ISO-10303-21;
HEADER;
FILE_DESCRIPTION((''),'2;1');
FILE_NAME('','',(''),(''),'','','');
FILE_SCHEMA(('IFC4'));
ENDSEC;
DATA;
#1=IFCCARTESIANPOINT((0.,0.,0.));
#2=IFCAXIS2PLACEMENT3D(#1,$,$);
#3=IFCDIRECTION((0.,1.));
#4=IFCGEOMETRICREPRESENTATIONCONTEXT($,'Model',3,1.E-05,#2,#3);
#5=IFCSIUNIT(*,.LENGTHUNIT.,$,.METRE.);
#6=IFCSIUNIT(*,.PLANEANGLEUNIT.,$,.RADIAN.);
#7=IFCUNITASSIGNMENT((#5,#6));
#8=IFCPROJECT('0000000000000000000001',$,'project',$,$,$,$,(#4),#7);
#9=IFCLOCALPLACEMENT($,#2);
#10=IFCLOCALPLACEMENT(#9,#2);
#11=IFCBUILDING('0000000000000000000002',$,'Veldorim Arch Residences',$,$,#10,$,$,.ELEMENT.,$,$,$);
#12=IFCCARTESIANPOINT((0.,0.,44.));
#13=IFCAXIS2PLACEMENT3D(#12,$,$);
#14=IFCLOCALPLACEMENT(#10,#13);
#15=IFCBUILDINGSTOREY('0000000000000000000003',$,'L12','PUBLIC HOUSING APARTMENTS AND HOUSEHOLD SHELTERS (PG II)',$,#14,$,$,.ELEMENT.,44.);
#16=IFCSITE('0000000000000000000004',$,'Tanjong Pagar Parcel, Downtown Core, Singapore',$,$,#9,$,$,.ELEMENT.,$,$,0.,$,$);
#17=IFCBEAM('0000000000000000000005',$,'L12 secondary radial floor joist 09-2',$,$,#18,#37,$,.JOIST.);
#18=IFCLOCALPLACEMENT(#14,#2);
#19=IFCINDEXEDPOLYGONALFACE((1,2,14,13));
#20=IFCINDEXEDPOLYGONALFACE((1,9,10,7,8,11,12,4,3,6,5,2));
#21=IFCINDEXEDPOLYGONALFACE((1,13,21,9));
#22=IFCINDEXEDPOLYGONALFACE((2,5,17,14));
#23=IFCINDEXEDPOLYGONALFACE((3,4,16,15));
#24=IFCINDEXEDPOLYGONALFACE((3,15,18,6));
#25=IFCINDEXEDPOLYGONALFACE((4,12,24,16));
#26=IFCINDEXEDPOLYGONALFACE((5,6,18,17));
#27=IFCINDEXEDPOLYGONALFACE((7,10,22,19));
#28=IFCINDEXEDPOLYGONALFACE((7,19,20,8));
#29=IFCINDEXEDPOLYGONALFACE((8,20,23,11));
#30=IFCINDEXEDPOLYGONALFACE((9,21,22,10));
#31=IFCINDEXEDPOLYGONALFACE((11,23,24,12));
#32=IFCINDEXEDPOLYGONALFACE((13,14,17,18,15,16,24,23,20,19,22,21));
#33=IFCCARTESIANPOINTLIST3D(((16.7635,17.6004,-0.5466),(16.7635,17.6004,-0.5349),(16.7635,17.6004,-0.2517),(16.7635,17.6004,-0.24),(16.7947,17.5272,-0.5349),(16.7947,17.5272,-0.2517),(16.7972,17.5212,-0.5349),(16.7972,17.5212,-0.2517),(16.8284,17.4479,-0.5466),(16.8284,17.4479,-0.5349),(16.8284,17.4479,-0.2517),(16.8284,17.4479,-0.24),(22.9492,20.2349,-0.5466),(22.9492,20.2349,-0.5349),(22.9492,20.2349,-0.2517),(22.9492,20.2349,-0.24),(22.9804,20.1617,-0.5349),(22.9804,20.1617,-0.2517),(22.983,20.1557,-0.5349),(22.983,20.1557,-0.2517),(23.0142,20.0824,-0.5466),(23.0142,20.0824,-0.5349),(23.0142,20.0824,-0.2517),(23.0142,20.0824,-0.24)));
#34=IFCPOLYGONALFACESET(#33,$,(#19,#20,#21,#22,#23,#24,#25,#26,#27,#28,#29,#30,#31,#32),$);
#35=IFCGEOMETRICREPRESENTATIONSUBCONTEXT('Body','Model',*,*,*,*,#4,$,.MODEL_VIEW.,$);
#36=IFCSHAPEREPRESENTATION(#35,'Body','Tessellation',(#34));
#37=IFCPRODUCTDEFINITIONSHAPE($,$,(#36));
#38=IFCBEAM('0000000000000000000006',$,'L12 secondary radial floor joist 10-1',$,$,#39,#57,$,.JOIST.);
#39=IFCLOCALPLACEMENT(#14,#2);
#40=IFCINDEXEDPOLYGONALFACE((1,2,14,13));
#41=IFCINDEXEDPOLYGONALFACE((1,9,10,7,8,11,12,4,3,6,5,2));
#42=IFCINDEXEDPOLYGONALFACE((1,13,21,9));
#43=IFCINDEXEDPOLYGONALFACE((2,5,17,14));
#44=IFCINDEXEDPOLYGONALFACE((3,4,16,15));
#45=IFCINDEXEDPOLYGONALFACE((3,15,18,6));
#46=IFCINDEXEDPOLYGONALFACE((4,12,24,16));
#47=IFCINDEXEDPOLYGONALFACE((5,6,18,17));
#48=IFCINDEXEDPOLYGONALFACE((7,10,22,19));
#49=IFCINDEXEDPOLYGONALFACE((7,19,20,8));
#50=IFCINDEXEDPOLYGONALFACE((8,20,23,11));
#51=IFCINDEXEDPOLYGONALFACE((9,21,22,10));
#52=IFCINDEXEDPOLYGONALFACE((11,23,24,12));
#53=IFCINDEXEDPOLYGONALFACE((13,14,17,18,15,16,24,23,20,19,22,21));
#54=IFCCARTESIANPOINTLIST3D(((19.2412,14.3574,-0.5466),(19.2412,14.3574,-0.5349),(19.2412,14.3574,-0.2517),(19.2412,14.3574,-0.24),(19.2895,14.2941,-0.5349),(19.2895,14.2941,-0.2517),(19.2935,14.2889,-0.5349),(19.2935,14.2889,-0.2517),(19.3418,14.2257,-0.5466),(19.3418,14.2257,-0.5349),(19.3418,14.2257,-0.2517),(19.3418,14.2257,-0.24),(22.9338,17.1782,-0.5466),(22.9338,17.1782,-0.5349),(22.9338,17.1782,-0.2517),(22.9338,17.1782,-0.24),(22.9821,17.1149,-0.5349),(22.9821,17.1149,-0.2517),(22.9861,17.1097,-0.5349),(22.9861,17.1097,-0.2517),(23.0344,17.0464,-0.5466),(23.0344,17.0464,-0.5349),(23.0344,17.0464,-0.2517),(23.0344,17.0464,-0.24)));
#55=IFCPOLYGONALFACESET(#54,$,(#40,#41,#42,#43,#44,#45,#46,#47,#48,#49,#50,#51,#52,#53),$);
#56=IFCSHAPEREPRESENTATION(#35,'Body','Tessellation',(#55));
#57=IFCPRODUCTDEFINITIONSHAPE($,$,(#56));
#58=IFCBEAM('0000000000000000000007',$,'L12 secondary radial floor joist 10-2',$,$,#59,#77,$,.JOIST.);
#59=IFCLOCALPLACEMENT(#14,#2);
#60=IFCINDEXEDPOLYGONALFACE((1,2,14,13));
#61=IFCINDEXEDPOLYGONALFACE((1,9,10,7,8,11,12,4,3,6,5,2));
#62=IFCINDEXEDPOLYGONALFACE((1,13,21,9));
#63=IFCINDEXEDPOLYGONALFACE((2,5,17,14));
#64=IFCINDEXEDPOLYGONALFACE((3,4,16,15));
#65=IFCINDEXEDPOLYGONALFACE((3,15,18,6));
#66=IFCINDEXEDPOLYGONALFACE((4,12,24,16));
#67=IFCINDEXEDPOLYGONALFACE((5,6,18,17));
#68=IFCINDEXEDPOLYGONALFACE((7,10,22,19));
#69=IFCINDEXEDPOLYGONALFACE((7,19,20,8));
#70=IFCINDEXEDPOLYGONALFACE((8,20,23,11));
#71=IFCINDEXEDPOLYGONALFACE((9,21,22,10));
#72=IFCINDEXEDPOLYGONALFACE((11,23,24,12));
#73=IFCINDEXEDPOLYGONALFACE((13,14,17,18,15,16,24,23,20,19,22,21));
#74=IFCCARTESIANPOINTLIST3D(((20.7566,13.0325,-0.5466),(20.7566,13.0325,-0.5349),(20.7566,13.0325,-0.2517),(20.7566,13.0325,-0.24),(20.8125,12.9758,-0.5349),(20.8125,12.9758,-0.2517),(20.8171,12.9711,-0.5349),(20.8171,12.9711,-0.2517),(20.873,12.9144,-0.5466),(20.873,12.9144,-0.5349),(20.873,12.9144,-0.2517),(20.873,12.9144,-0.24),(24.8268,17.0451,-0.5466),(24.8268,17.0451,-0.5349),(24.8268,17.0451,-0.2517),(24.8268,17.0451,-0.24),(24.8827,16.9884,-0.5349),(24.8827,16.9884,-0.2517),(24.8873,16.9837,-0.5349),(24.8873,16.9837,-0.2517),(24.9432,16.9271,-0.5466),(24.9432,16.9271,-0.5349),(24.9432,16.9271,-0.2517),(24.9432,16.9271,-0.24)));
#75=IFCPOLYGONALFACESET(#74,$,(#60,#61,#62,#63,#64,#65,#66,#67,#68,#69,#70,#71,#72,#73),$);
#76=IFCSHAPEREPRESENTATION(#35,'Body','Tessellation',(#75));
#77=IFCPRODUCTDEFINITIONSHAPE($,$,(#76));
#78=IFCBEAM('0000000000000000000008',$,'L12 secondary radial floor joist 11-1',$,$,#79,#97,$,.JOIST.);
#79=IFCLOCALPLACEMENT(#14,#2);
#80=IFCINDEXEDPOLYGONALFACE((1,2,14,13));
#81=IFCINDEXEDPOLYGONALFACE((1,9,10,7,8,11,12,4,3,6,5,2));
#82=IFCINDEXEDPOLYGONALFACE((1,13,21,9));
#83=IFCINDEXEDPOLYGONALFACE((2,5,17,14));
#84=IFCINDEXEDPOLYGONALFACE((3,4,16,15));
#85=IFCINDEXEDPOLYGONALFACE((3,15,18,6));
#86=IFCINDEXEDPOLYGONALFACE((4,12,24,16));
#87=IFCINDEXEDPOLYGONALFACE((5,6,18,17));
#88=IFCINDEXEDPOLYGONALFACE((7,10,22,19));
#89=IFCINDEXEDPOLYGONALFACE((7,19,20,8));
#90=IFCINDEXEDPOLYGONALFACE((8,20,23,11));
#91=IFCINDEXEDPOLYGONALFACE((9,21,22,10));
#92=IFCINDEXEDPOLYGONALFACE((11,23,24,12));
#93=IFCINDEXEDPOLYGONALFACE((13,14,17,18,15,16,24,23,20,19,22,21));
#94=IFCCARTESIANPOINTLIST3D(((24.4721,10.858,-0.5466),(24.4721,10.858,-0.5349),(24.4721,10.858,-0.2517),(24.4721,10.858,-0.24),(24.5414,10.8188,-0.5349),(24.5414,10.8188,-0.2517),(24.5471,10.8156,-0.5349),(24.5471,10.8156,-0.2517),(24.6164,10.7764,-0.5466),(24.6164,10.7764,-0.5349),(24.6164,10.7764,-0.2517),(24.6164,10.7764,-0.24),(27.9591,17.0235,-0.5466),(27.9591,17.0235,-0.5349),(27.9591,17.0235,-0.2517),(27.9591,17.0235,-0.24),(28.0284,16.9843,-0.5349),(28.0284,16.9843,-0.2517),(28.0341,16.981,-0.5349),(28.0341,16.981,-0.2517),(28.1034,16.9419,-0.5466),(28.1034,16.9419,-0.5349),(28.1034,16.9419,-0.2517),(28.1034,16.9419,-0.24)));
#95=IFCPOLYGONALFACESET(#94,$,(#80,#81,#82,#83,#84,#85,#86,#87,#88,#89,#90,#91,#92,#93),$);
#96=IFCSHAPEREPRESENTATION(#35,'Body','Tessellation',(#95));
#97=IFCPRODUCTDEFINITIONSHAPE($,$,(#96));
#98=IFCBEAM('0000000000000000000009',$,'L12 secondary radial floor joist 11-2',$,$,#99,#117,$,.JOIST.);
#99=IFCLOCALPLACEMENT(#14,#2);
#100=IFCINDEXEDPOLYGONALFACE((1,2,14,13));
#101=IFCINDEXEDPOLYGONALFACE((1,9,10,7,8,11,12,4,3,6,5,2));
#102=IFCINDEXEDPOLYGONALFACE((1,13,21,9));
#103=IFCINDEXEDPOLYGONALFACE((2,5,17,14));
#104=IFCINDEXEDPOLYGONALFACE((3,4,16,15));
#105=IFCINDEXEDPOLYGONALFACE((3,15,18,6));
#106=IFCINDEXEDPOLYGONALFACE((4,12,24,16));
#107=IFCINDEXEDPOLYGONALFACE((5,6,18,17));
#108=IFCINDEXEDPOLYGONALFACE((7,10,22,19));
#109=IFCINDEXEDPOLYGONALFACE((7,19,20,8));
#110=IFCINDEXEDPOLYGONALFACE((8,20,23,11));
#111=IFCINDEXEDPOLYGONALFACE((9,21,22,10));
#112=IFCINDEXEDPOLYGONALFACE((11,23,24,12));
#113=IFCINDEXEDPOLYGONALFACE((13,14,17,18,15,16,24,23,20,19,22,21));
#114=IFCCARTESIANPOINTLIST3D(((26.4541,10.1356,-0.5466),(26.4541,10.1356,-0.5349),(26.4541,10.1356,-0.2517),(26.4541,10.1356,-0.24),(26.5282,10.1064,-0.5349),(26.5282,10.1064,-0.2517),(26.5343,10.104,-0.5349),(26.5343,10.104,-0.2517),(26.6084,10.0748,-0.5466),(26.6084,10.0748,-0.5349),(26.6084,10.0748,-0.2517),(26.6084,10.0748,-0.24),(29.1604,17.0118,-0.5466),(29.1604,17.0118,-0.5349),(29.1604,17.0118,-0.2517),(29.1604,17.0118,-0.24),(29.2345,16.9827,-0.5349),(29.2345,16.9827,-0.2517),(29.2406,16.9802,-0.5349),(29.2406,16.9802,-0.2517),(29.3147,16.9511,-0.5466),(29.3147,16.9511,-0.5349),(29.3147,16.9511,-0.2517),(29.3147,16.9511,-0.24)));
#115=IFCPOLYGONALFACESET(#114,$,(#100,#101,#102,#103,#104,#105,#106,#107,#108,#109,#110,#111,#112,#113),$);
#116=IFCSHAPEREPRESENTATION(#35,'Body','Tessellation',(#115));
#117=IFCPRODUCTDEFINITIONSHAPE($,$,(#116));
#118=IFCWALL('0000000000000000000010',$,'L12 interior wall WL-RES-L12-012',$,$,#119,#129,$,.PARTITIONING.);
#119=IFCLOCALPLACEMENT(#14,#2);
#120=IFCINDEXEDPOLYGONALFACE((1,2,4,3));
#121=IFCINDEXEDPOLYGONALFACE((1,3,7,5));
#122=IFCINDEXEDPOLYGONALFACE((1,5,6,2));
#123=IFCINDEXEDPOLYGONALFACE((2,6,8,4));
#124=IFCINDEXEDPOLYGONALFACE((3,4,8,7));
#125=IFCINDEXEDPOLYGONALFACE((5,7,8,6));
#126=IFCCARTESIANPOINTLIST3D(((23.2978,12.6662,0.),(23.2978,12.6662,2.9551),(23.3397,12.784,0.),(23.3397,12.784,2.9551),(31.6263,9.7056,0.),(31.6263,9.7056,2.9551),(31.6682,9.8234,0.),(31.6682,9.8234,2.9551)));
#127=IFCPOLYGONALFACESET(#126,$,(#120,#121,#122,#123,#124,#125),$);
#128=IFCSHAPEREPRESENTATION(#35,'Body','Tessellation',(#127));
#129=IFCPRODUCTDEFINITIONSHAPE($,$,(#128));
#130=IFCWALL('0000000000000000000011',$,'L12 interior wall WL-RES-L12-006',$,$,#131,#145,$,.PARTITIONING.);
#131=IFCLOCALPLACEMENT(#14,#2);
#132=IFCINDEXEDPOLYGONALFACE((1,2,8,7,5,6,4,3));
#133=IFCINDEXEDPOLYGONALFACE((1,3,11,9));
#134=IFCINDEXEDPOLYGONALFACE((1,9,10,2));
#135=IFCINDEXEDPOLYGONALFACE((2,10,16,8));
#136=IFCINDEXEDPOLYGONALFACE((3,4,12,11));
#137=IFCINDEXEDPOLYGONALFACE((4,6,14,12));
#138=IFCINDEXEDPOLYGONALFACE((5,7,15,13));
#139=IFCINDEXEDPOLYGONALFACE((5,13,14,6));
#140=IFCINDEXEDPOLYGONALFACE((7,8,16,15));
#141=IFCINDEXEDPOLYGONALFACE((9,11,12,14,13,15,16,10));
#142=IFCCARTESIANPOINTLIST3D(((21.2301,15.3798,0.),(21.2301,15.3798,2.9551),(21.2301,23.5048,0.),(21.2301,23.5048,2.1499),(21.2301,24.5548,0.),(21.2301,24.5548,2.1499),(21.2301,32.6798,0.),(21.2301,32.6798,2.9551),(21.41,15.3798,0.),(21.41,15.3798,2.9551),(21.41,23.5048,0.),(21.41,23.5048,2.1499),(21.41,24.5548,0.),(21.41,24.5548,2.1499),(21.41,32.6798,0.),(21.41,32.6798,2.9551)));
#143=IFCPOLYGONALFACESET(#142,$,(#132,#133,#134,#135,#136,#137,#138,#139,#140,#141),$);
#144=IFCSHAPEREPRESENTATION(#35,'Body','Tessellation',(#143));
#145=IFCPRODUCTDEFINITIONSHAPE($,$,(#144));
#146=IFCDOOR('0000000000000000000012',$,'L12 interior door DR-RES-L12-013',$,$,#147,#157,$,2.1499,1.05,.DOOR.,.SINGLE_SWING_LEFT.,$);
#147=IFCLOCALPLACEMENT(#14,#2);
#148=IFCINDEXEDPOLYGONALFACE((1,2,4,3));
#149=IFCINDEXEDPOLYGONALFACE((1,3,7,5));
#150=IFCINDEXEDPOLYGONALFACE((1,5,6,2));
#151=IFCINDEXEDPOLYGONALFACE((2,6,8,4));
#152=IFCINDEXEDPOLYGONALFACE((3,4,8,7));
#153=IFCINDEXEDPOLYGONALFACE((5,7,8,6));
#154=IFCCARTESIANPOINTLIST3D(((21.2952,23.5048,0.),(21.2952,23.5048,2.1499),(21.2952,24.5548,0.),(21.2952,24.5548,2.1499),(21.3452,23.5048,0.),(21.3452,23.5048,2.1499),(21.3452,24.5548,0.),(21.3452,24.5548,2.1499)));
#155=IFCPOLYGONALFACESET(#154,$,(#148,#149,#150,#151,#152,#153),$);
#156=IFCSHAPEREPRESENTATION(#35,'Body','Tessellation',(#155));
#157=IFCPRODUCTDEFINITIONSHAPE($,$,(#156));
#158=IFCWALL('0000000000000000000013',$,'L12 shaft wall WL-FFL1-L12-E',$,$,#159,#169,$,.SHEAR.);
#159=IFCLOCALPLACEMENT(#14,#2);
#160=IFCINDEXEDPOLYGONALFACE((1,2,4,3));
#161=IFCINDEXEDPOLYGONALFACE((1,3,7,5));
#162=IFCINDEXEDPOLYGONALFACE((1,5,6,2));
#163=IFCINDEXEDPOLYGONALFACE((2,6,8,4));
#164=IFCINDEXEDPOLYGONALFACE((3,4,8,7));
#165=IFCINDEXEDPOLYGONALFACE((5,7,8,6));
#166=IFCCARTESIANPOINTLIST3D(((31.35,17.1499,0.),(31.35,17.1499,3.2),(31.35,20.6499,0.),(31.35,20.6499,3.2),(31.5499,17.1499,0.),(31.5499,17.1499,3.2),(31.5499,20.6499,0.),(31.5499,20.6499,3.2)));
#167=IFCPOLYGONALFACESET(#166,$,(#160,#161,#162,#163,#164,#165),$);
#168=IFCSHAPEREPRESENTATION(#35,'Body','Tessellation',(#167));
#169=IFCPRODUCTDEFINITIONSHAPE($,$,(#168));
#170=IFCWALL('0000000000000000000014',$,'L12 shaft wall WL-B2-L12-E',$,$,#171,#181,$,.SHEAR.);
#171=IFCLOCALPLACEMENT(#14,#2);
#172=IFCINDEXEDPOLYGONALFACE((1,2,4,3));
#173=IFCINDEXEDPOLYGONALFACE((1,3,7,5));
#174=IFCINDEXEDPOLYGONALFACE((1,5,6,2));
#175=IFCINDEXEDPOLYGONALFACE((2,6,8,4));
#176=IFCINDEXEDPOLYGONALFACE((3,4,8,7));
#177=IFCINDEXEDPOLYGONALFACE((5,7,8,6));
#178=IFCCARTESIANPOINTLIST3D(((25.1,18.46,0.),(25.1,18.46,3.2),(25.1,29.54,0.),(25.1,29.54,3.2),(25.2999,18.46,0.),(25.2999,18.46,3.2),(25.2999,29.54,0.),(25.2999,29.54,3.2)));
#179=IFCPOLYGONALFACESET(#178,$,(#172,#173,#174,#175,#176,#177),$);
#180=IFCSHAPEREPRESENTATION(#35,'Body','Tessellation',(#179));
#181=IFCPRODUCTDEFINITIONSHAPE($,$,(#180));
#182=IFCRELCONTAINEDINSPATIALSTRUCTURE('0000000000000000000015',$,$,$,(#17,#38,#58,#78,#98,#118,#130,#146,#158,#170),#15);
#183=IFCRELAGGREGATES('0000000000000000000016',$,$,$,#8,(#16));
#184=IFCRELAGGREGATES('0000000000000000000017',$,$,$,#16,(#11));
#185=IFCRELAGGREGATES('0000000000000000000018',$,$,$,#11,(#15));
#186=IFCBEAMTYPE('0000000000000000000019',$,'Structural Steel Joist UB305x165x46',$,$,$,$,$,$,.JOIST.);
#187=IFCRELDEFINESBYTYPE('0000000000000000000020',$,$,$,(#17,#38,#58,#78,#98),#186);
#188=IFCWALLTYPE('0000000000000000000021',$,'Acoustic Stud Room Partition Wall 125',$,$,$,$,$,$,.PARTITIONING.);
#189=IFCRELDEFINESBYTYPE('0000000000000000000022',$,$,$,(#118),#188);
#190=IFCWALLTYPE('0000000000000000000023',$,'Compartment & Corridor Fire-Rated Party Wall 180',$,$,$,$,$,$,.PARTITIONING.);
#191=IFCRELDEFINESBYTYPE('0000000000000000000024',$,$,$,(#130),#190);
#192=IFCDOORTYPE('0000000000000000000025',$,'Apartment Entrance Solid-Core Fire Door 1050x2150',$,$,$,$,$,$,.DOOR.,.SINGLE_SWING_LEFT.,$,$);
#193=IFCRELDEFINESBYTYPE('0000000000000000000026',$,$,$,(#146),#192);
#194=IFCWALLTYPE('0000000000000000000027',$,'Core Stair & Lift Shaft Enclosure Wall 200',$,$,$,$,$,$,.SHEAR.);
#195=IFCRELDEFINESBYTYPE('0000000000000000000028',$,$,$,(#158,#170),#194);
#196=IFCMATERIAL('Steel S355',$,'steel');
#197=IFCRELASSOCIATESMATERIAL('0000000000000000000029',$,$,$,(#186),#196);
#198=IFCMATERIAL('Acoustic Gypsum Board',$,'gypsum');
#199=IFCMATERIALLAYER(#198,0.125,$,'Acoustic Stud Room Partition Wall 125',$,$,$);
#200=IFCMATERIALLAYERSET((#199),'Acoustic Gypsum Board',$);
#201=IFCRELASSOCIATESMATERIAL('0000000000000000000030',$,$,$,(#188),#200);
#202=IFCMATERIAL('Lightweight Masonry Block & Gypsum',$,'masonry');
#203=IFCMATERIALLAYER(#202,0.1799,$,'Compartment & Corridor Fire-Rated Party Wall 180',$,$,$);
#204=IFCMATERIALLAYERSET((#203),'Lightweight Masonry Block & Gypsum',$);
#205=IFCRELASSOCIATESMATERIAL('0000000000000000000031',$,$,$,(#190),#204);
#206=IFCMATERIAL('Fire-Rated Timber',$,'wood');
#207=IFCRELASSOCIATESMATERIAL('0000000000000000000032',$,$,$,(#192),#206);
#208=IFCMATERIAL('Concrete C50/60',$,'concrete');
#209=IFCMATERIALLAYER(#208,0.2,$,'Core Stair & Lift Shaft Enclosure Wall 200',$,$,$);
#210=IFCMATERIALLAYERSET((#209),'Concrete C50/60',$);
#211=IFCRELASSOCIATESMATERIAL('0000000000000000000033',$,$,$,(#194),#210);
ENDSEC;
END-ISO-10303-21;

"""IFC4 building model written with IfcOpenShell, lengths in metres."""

from ifc_helpers import new_model, si_unit, direction, frame, frame_2d, origin, origin_2d, place, context, subcontext, project, spatial, rectangle, i_section, extrude, material, layer, layer_set, material_profile, profile_set, type_object, element, fill, save


model = new_model("IFC4")

# Units and contexts
model_context = context("Model", 3, precision=1e-05, world=origin(), true_north=direction((0.0, 1.0)))
body_context = subcontext(model_context, "Body", "Model", "MODEL_VIEW")
ifc_project = project(units=[si_unit("LENGTHUNIT", "METRE"), si_unit("PLANEANGLEUNIT", "RADIAN")], contexts=[model_context])

# Site, building, storey
site_placement = place(None, origin())
site = spatial("IfcSite", under=ifc_project, at=site_placement, Name="Tanjong Pagar Parcel, Downtown Core, Singapore", CompositionType="ELEMENT", RefElevation=0.0)
building_placement = place(site_placement, origin())
building = spatial("IfcBuilding", under=site, at=building_placement, Name="Veldorim Arch Residences", CompositionType="ELEMENT")
storey_placement = place(building_placement, frame((0.0, 0.0, 44.0)))
storey = spatial("IfcBuildingStorey", under=building, at=storey_placement, Name="L12", Description="PUBLIC HOUSING APARTMENTS AND HOUSEHOLD SHELTERS (PG II)", CompositionType="ELEMENT", Elevation=44.0)

# Beams
ifc_material_1 = material(Name="Steel S355", Category="steel")
ifc_material_profile_1 = material_profile(ifc_material_1, i_section(OverallWidth=0.1658, OverallDepth=0.3066, WebThickness=0.0066, FlangeThickness=0.0117, at=origin_2d()), Name="UB305x165x46")
ifc_profile_set_1 = profile_set([ifc_material_profile_1], Name="Steel S355")
beam_type_1 = type_object("IfcBeamType", Name="Structural Steel Joist UB305x165x46", PredefinedType="JOIST", material=ifc_profile_set_1)
beam_1_placement = place(storey_placement, frame((22.9817, 20.1587, -0.3933), z_axis=(-0.920033, -0.391841, 0.0), x_axis=(0.391841, -0.920033, 0.0)))
element("IfcBeam", 1, at=beam_1_placement, inside=storey, type_object=beam_type_1, Name="L12 secondary radial floor joist 09-2", PredefinedType="JOIST", context=body_context, shape_type="SweptSolid", body=[
    extrude(i_section(OverallWidth=0.1658, OverallDepth=0.3066, WebThickness=0.0066, FlangeThickness=0.0117, at=origin_2d()), origin(), (0.0, 0.0, 1.0), 6.7234),
])
beam_2_placement = place(storey_placement, frame((22.9841, 17.1123, -0.3933), z_axis=(-0.794666, -0.607046, 0.0), x_axis=(0.607046, -0.794666, 0.0)))
element("IfcBeam", 2, at=beam_2_placement, inside=storey, type_object=beam_type_1, Name="L12 secondary radial floor joist 10-1", PredefinedType="JOIST", context=body_context, shape_type="SweptSolid", body=[
    extrude(i_section(OverallWidth=0.1658, OverallDepth=0.3066, WebThickness=0.0066, FlangeThickness=0.0117, at=origin_2d()), origin(), (0.0, 0.0, 1.0), 4.6467),
])
beam_3_placement = place(storey_placement, frame((24.885, 16.9861, -0.3933), z_axis=(-0.712129, -0.702049, 0.0), x_axis=(0.702049, -0.712129, 0.0)))
element("IfcBeam", 3, at=beam_3_placement, inside=storey, type_object=beam_type_1, Name="L12 secondary radial floor joist 10-2", PredefinedType="JOIST", context=body_context, shape_type="SweptSolid", body=[
    extrude(i_section(OverallWidth=0.1658, OverallDepth=0.3066, WebThickness=0.0066, FlangeThickness=0.0117, at=origin_2d()), origin(), (0.0, 0.0, 1.0), 5.7156),
])
beam_4_placement = place(storey_placement, frame((28.0312, 16.9827, -0.3933), z_axis=(-0.492292, -0.87043, 0.0), x_axis=(0.87043, -0.492292, 0.0)))
element("IfcBeam", 4, at=beam_4_placement, inside=storey, type_object=beam_type_1, Name="L12 secondary radial floor joist 11-1", PredefinedType="JOIST", context=body_context, shape_type="SweptSolid", body=[
    extrude(i_section(OverallWidth=0.1658, OverallDepth=0.3066, WebThickness=0.0066, FlangeThickness=0.0117, at=origin_2d()), origin(), (0.0, 0.0, 1.0), 7.0833),
])
beam_5_placement = place(storey_placement, frame((29.2375, 16.9814, -0.3933), z_axis=(-0.36623, -0.930524, 0.0), x_axis=(0.930524, -0.36623, 0.0)))
element("IfcBeam", 5, at=beam_5_placement, inside=storey, type_object=beam_type_1, Name="L12 secondary radial floor joist 11-2", PredefinedType="JOIST", context=body_context, shape_type="SweptSolid", body=[
    extrude(i_section(OverallWidth=0.1658, OverallDepth=0.3066, WebThickness=0.0066, FlangeThickness=0.0117, at=origin_2d()), origin(), (0.0, 0.0, 1.0), 7.3896),
])

# Wall
ifc_material_2 = material(Name="Acoustic Gypsum Board", Category="gypsum")
ifc_layer_1 = layer(ifc_material_2, 0.125, Name="Acoustic Stud Room Partition Wall 125")
ifc_layer_set_1 = layer_set([ifc_layer_1], Name="Acoustic Gypsum Board")
wall_type_1 = type_object("IfcWallType", Name="Acoustic Stud Room Partition Wall 125", PredefinedType="PARTITIONING", material=ifc_layer_set_1)
wall_1_placement = place(storey_placement, frame((23.3188, 12.7251, 0.0), z_axis=(0.0, 0.0, 1.0), x_axis=(0.942236, -0.33495, 0.0)))
element("IfcWall", 6, at=wall_1_placement, inside=storey, type_object=wall_type_1, Name="L12 interior wall WL-RES-L12-012", PredefinedType="PARTITIONING", context=body_context, shape_type="SweptSolid", body=[
    extrude(rectangle(XDim=8.8391, YDim=0.125, at=frame_2d((4.4194, 0.0))), origin(), (0.0, 0.0, 1.0), 2.9551),
])

# Wall, opening, door
ifc_material_3 = material(Name="Lightweight Masonry Block & Gypsum", Category="masonry")
ifc_layer_2 = layer(ifc_material_3, 0.1799, Name="Compartment & Corridor Fire-Rated Party Wall 180")
ifc_layer_set_2 = layer_set([ifc_layer_2], Name="Lightweight Masonry Block & Gypsum")
wall_type_2 = type_object("IfcWallType", Name="Compartment & Corridor Fire-Rated Party Wall 180", PredefinedType="PARTITIONING", material=ifc_layer_set_2)
wall_2_placement = place(storey_placement, frame((21.3201, 15.3799, 0.0), z_axis=(0.0, 0.0, 1.0), x_axis=(0.0, 1.0, 0.0)))
wall_2 = element("IfcWall", 7, at=wall_2_placement, inside=storey, type_object=wall_type_2, Name="L12 interior wall WL-RES-L12-006", PredefinedType="PARTITIONING", context=body_context, shape_type="SweptSolid", body=[
    extrude(rectangle(XDim=17.3, YDim=0.1799, at=frame_2d((8.6499, 0.0))), origin(), (0.0, 0.0, 1.0), 2.9551),
])
opening_1_placement = place(wall_2_placement, frame((8.125, 0.0, 0.0)))
opening_1 = element("IfcOpeningElement", 8, at=opening_1_placement, cuts=wall_2, PredefinedType="OPENING", context=body_context, shape_type="SweptSolid", body=[
    extrude(rectangle(XDim=1.05, YDim=2.1499, at=frame_2d((0.5249, 1.075))), frame((0.0, 0.0999, 0.0), z_axis=(0.0, -1.0, 0.0), x_axis=(1.0, 0.0, 0.0)), (0.0, 0.0, 1.0), 0.2),
])
ifc_material_4 = material(Name="Fire-Rated Timber", Category="wood")
door_type_1 = type_object("IfcDoorType", Name="Apartment Entrance Solid-Core Fire Door 1050x2150", OperationType="SINGLE_SWING_LEFT", PredefinedType="DOOR", material=ifc_material_4)
door_1_placement = place(opening_1_placement, origin())
door_1 = element("IfcDoor", 9, at=door_1_placement, inside=storey, type_object=door_type_1, Name="L12 interior door DR-RES-L12-013", OperationType="SINGLE_SWING_LEFT", OverallHeight=2.1499, OverallWidth=1.05, PredefinedType="DOOR", context=body_context, shape_type="SweptSolid", body=[
    extrude(rectangle(XDim=1.05, YDim=2.1499, at=frame_2d((0.5249, 1.075))), frame((0.0, 0.0249, 0.0), z_axis=(0.0, -1.0, 0.0), x_axis=(1.0, 0.0, 0.0)), (0.0, 0.0, 1.0), 0.05),
])
fill(opening_1, door_1)

# Walls
ifc_material_5 = material(Name="Concrete C50/60", Category="concrete")
ifc_layer_3 = layer(ifc_material_5, 0.2, Name="Core Stair & Lift Shaft Enclosure Wall 200")
ifc_layer_set_3 = layer_set([ifc_layer_3], Name="Concrete C50/60")
wall_type_3 = type_object("IfcWallType", Name="Core Stair & Lift Shaft Enclosure Wall 200", PredefinedType="SHEAR", material=ifc_layer_set_3)
wall_3_placement = place(storey_placement, frame((31.45, 17.1499, 0.0), z_axis=(0.0, 0.0, 1.0), x_axis=(0.0, 1.0, 0.0)))
element("IfcWall", 10, at=wall_3_placement, inside=storey, type_object=wall_type_3, Name="L12 shaft wall WL-FFL1-L12-E", PredefinedType="SHEAR", context=body_context, shape_type="SweptSolid", body=[
    extrude(rectangle(XDim=3.5, YDim=0.2, at=frame_2d((1.75, 0.0))), origin(), (0.0, 0.0, 1.0), 3.2),
])
wall_4_placement = place(storey_placement, frame((25.2, 18.46, 0.0), z_axis=(0.0, 0.0, 1.0), x_axis=(0.0, 1.0, 0.0)))
element("IfcWall", 11, at=wall_4_placement, inside=storey, type_object=wall_type_3, Name="L12 shaft wall WL-B2-L12-E", PredefinedType="SHEAR", context=body_context, shape_type="SweptSolid", body=[
    extrude(rectangle(XDim=11.0801, YDim=0.2, at=frame_2d((5.54, 0.0))), origin(), (0.0, 0.0, 1.0), 3.2),
])

save(model, "model.ifc")
